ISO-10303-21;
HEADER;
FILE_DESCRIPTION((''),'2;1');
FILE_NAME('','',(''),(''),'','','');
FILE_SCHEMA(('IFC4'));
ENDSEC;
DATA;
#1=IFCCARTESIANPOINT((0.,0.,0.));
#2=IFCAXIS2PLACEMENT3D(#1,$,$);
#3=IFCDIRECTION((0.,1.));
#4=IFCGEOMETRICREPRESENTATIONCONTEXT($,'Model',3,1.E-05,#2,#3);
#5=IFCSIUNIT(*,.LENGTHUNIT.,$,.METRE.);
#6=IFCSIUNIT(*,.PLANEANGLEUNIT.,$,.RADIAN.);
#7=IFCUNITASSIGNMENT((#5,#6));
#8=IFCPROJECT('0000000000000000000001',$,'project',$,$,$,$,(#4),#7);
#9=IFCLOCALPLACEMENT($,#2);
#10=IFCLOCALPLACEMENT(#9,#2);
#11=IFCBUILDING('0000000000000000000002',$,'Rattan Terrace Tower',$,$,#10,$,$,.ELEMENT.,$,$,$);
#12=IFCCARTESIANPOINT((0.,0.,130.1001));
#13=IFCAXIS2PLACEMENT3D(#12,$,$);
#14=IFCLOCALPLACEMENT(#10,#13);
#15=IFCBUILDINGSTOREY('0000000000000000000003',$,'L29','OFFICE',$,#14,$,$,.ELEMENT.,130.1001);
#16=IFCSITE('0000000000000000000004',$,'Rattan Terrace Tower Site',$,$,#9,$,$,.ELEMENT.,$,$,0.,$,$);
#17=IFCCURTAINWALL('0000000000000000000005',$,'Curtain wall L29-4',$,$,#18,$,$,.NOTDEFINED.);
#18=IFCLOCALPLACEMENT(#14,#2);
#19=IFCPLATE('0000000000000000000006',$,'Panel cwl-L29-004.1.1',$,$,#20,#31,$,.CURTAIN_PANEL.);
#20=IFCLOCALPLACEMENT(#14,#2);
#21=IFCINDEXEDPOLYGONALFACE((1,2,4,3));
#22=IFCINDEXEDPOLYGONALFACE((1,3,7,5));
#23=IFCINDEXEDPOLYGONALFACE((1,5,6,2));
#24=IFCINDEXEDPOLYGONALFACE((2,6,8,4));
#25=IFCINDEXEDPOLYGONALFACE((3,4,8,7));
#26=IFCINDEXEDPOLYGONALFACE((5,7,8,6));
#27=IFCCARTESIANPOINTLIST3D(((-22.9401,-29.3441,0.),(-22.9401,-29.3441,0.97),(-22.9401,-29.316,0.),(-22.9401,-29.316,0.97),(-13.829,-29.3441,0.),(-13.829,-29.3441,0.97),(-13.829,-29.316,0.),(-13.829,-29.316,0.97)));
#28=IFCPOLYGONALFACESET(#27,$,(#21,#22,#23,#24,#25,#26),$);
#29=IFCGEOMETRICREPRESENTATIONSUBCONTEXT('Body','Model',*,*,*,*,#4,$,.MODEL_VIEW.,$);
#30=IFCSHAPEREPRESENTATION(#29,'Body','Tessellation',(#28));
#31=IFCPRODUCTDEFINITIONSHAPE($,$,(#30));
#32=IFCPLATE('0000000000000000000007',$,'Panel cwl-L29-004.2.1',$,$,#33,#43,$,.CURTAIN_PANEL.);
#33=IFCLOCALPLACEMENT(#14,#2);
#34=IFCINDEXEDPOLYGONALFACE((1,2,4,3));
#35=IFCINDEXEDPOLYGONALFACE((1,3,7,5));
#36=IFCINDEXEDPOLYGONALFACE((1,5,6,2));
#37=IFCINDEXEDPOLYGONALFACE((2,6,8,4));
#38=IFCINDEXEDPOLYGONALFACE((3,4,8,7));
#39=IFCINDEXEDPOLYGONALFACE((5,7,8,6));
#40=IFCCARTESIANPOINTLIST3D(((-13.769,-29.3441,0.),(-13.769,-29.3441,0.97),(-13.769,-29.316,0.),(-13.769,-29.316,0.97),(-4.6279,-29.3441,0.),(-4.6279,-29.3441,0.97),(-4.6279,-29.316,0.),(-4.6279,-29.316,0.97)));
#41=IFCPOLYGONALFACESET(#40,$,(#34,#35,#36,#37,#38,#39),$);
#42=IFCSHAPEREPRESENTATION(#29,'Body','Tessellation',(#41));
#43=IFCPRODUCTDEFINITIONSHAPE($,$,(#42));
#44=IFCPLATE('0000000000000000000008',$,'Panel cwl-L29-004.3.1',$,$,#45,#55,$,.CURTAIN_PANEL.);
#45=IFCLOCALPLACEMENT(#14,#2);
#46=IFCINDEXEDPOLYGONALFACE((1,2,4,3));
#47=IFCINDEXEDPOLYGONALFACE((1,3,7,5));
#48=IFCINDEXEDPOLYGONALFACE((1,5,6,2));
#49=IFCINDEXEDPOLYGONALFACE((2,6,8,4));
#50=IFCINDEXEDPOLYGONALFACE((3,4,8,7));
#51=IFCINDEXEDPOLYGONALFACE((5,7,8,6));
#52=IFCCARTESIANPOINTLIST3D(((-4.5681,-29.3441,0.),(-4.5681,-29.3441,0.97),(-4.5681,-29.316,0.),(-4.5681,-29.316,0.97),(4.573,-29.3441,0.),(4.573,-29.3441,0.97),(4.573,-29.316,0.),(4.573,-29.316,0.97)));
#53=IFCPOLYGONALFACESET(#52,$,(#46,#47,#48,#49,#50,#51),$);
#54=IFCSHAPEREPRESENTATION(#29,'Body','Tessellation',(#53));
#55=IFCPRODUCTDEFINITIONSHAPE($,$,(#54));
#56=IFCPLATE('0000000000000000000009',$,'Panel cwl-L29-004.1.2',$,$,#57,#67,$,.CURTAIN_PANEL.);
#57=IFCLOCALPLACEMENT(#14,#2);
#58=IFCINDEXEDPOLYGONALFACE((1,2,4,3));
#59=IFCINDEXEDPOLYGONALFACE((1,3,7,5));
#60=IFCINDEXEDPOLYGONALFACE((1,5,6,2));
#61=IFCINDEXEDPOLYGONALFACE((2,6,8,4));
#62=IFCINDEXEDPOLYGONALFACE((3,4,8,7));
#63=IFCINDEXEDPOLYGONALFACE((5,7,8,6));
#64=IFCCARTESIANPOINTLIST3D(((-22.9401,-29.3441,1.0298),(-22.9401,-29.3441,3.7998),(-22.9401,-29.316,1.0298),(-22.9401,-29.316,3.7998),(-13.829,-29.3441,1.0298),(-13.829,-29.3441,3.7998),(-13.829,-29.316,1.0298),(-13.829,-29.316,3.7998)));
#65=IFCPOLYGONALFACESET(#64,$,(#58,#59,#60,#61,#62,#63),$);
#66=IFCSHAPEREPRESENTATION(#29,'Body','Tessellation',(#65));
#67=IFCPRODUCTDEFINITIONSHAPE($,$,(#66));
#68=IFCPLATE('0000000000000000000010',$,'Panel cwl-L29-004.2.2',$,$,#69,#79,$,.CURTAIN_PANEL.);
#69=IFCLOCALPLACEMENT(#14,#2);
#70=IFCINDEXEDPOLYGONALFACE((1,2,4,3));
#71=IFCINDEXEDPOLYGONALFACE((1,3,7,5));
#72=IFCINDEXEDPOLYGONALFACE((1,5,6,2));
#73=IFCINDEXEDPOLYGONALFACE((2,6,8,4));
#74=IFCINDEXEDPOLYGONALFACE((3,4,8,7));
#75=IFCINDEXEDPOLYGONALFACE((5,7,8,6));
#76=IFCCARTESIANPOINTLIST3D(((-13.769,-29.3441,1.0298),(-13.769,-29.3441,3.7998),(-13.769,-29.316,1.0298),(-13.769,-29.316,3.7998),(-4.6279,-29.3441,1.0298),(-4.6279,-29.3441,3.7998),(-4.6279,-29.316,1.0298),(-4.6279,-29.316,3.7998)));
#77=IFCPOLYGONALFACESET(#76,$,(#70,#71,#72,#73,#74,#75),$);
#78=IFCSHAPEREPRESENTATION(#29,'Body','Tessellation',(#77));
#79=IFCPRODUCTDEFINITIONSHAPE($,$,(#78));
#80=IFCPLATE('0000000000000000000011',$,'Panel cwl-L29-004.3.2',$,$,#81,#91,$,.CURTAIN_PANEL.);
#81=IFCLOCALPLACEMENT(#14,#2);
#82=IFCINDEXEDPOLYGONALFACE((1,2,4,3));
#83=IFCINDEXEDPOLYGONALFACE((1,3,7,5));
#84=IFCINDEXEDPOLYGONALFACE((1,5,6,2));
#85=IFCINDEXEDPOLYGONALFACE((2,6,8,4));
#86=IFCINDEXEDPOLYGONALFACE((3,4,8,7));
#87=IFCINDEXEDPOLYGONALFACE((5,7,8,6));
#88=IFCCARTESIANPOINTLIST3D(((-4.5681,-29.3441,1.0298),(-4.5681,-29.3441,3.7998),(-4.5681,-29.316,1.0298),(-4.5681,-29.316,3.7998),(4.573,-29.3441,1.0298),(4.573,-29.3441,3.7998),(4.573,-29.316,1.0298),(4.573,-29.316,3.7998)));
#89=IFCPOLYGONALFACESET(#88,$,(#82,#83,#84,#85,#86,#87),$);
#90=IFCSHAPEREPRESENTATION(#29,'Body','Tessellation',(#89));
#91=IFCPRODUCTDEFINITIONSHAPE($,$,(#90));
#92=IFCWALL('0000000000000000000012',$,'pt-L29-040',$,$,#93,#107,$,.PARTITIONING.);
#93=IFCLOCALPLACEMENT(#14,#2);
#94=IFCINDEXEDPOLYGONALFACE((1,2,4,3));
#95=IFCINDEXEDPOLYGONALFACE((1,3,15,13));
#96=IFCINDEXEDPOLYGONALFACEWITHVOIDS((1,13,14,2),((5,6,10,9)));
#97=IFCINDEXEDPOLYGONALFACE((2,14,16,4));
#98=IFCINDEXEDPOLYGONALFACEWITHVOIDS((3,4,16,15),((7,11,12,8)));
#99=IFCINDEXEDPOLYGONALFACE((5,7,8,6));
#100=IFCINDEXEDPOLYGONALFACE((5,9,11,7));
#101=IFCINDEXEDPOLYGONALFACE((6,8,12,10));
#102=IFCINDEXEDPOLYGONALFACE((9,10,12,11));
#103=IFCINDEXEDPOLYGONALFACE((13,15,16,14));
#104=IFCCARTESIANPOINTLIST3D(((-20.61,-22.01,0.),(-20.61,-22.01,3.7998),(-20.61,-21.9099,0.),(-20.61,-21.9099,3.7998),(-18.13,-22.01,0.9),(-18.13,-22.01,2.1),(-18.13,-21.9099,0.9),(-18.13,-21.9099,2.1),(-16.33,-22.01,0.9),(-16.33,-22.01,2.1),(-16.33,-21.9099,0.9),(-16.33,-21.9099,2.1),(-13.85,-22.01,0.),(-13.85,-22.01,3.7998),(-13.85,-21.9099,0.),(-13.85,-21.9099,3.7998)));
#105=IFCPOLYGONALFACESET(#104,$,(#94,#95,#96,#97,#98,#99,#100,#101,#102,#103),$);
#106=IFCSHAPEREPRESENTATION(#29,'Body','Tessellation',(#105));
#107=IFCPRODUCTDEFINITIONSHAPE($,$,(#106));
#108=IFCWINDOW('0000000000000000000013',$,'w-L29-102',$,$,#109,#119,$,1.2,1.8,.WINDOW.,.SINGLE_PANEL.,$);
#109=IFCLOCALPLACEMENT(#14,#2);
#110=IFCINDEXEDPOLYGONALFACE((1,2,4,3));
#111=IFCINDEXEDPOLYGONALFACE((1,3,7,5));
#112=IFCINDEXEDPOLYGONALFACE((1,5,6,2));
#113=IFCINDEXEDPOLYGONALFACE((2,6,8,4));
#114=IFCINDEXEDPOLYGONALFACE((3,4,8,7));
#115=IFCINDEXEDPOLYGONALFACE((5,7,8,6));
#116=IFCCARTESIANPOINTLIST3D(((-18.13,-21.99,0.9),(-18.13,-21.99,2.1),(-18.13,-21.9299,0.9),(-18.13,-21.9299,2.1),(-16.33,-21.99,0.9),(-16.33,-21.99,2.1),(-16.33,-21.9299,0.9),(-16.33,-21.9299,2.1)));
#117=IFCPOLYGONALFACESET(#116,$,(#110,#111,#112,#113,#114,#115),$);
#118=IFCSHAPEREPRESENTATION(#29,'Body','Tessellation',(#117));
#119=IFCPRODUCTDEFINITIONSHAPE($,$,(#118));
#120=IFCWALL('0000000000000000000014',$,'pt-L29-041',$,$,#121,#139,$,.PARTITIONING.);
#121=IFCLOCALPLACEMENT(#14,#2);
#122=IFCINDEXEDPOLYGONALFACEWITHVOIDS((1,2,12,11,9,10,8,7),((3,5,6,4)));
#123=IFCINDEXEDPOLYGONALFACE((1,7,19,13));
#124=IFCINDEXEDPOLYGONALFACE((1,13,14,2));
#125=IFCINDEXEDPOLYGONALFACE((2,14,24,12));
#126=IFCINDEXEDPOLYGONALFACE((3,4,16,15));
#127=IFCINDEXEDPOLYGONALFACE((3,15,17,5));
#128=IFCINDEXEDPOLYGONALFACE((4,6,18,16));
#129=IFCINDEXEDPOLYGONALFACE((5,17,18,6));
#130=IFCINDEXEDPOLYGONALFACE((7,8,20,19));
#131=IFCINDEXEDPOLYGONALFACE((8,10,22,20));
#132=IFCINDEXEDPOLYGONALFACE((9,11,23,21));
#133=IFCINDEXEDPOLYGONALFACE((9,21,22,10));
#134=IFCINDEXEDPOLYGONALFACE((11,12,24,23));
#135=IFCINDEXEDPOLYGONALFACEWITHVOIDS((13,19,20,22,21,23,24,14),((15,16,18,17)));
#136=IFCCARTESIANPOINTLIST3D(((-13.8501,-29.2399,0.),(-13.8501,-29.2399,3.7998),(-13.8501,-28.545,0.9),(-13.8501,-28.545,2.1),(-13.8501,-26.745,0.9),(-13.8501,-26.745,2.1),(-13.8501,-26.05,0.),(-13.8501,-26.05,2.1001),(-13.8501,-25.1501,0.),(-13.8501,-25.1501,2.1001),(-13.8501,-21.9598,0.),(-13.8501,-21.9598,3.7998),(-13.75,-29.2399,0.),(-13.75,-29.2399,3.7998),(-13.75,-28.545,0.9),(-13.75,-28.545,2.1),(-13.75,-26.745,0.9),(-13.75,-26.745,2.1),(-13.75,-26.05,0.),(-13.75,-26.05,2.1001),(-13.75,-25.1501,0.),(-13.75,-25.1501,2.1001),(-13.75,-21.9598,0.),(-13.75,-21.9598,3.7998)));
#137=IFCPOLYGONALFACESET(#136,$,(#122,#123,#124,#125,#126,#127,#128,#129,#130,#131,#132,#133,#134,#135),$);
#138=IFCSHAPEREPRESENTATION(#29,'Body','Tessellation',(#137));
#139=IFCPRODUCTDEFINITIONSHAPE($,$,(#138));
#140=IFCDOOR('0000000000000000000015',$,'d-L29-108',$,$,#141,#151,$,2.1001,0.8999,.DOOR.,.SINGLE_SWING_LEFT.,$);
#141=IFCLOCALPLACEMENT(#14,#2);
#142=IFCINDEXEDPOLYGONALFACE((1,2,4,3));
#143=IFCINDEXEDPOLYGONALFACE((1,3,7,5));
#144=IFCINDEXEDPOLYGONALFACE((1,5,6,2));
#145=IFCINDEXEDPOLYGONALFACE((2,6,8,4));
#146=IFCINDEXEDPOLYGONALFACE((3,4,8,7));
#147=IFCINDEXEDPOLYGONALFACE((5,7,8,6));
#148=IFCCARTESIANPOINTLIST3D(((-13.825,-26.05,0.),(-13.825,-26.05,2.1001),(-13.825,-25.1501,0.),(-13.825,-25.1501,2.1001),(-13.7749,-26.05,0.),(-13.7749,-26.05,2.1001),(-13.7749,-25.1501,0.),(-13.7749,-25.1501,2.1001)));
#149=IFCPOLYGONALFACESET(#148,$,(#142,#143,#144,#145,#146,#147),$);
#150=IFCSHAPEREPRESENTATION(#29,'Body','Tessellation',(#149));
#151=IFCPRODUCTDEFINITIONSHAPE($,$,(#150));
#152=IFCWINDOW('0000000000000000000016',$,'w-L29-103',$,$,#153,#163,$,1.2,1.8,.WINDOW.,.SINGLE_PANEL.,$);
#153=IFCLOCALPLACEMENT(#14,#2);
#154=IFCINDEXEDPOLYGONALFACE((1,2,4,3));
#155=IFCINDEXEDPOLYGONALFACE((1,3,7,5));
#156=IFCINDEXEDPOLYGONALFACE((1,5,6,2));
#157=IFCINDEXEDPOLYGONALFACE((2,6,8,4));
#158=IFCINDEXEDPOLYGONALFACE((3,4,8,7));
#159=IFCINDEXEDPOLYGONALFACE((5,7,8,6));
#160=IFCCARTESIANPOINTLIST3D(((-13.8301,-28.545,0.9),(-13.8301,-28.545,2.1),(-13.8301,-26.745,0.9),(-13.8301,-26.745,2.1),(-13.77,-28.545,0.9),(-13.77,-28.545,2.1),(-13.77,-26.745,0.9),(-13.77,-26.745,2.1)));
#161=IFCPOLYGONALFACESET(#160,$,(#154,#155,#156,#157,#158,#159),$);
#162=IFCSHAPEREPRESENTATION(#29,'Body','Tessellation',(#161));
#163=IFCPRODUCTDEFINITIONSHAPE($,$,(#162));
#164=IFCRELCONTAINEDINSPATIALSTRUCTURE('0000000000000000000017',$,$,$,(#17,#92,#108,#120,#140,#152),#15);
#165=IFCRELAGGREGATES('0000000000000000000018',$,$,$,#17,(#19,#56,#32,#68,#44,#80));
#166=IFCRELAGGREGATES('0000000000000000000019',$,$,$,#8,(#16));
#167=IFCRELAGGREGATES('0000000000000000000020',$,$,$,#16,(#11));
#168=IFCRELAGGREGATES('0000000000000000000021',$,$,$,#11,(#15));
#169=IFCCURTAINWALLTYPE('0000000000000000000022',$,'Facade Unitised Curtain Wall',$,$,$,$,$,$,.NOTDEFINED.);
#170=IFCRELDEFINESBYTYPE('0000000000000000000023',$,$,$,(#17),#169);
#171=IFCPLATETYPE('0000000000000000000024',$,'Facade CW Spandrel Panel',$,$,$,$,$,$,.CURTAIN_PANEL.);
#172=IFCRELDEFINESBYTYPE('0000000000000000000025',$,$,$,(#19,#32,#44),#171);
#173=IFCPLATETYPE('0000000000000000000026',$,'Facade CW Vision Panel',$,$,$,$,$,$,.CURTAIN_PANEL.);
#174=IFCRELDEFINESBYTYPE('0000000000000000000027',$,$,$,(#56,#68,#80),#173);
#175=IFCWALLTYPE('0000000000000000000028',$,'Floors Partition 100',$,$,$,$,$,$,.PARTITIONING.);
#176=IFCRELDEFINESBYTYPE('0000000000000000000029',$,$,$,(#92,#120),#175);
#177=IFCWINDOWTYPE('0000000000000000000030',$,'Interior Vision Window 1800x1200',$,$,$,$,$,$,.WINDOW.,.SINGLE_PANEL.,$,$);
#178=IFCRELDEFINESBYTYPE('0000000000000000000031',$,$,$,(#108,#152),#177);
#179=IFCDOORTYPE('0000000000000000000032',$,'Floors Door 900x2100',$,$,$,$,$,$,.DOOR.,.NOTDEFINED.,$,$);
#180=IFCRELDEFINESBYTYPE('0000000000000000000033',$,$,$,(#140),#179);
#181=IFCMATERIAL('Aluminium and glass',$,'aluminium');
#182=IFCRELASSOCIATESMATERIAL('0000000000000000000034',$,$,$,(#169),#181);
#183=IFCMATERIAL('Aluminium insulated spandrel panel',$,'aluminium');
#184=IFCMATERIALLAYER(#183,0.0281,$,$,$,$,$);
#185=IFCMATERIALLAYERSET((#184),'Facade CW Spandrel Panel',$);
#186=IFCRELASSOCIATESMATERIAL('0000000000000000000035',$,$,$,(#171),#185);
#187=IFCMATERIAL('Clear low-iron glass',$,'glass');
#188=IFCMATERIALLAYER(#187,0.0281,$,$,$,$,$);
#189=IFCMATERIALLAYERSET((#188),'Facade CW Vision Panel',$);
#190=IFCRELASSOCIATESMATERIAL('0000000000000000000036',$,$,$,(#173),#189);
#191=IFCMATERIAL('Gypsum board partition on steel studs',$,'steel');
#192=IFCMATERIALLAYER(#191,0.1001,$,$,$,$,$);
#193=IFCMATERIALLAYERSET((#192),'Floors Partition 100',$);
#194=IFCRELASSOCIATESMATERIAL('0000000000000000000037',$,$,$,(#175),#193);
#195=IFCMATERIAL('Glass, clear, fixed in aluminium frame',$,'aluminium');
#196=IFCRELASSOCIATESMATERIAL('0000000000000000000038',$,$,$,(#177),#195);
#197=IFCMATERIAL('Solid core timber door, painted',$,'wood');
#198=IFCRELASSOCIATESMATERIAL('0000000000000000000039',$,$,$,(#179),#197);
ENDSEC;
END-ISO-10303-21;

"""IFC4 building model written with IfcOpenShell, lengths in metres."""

from ifc_helpers import new_model, si_unit, direction, frame, frame_2d, origin, origin_2d, place, context, subcontext, project, spatial, rectangle, extrude, material, layer, layer_set, type_object, element, fill, aggregate, save


model = new_model("IFC4")

# Units and contexts
model_context = context("Model", 3, precision=1e-05, world=origin(), true_north=direction((0.0, 1.0)))
body_context = subcontext(model_context, "Body", "Model", "MODEL_VIEW")
ifc_project = project(units=[si_unit("LENGTHUNIT", "METRE"), si_unit("PLANEANGLEUNIT", "RADIAN")], contexts=[model_context])

# Site, building, storey
site_placement = place(None, origin())
site = spatial("IfcSite", under=ifc_project, at=site_placement, Name="Rattan Terrace Tower Site", CompositionType="ELEMENT", RefElevation=0.0)
building_placement = place(site_placement, origin())
building = spatial("IfcBuilding", under=site, at=building_placement, Name="Rattan Terrace Tower", CompositionType="ELEMENT")
storey_placement = place(building_placement, frame((0.0, 0.0, 130.1001)))
storey = spatial("IfcBuildingStorey", under=building, at=storey_placement, Name="L29", Description="OFFICE", CompositionType="ELEMENT", Elevation=130.1001)

# Curtain wall
ifc_material_1 = material(Name="Aluminium and glass", Category="aluminium")
curtain_wall_type = type_object("IfcCurtainWallType", Name="Facade Unitised Curtain Wall", PredefinedType="NOTDEFINED", material=ifc_material_1)
curtain_wall_placement = place(storey_placement, origin())
curtain_wall = element("IfcCurtainWall", 1, at=curtain_wall_placement, inside=storey, type_object=curtain_wall_type, Name="Curtain wall L29-4", PredefinedType="NOTDEFINED")

# Plates
ifc_material_2 = material(Name="Aluminium insulated spandrel panel", Category="aluminium")
ifc_layer_1 = layer(ifc_material_2, 0.0281)
ifc_layer_set_1 = layer_set([ifc_layer_1], Name="Facade CW Spandrel Panel")
plate_type_1 = type_object("IfcPlateType", Name="Facade CW Spandrel Panel", PredefinedType="CURTAIN_PANEL", material=ifc_layer_set_1)
plate_1_placement = place(storey_placement, frame((-18.3845, -29.3301, 0.0), z_axis=(0.0, 0.0, 1.0), x_axis=(1.0, 0.0, 0.0)))
plate_1 = element("IfcPlate", 2, at=plate_1_placement, type_object=plate_type_1, Name="Panel cwl-L29-004.1.1", PredefinedType="CURTAIN_PANEL", context=body_context, shape_type="SweptSolid", body=[
    extrude(rectangle(XDim=9.1111, YDim=0.0281, at=origin_2d()), origin(), (0.0, 0.0, 1.0), 0.97),
])
plate_2_placement = place(storey_placement, frame((-9.1985, -29.3301, 0.0), z_axis=(0.0, 0.0, 1.0), x_axis=(1.0, 0.0, 0.0)))
plate_2 = element("IfcPlate", 3, at=plate_2_placement, type_object=plate_type_1, Name="Panel cwl-L29-004.2.1", PredefinedType="CURTAIN_PANEL", context=body_context, shape_type="SweptSolid", body=[
    extrude(rectangle(XDim=9.1411, YDim=0.0281, at=origin_2d()), origin(), (0.0, 0.0, 1.0), 0.97),
])
plate_3_placement = place(storey_placement, frame((0.0024, -29.3301, 0.0), z_axis=(0.0, 0.0, 1.0), x_axis=(1.0, 0.0, 0.0)))
plate_3 = element("IfcPlate", 4, at=plate_3_placement, type_object=plate_type_1, Name="Panel cwl-L29-004.3.1", PredefinedType="CURTAIN_PANEL", context=body_context, shape_type="SweptSolid", body=[
    extrude(rectangle(XDim=9.1411, YDim=0.0281, at=origin_2d()), origin(), (0.0, 0.0, 1.0), 0.97),
])
ifc_material_3 = material(Name="Clear low-iron glass", Category="glass")
ifc_layer_2 = layer(ifc_material_3, 0.0281)
ifc_layer_set_2 = layer_set([ifc_layer_2], Name="Facade CW Vision Panel")
plate_type_2 = type_object("IfcPlateType", Name="Facade CW Vision Panel", PredefinedType="CURTAIN_PANEL", material=ifc_layer_set_2)
plate_4_placement = place(storey_placement, frame((-18.3845, -29.3301, 1.0298), z_axis=(0.0, 0.0, 1.0), x_axis=(1.0, 0.0, 0.0)))
plate_4 = element("IfcPlate", 5, at=plate_4_placement, type_object=plate_type_2, Name="Panel cwl-L29-004.1.2", PredefinedType="CURTAIN_PANEL", context=body_context, shape_type="SweptSolid", body=[
    extrude(rectangle(XDim=9.1111, YDim=0.0281, at=origin_2d()), origin(), (0.0, 0.0, 1.0), 2.77),
])
plate_5_placement = place(storey_placement, frame((-9.1985, -29.3301, 1.0298), z_axis=(0.0, 0.0, 1.0), x_axis=(1.0, 0.0, 0.0)))
plate_5 = element("IfcPlate", 6, at=plate_5_placement, type_object=plate_type_2, Name="Panel cwl-L29-004.2.2", PredefinedType="CURTAIN_PANEL", context=body_context, shape_type="SweptSolid", body=[
    extrude(rectangle(XDim=9.1411, YDim=0.0281, at=origin_2d()), origin(), (0.0, 0.0, 1.0), 2.77),
])
plate_6_placement = place(storey_placement, frame((0.0024, -29.3301, 1.0298), z_axis=(0.0, 0.0, 1.0), x_axis=(1.0, 0.0, 0.0)))
plate_6 = element("IfcPlate", 7, at=plate_6_placement, type_object=plate_type_2, Name="Panel cwl-L29-004.3.2", PredefinedType="CURTAIN_PANEL", context=body_context, shape_type="SweptSolid", body=[
    extrude(rectangle(XDim=9.1411, YDim=0.0281, at=origin_2d()), origin(), (0.0, 0.0, 1.0), 2.77),
])
aggregate(curtain_wall, [plate_1, plate_4, plate_2, plate_5, plate_3, plate_6])

# Wall, opening, window
ifc_material_4 = material(Name="Gypsum board partition on steel studs", Category="steel")
ifc_layer_3 = layer(ifc_material_4, 0.1001)
ifc_layer_set_3 = layer_set([ifc_layer_3], Name="Floors Partition 100")
wall_type_1 = type_object("IfcWallType", Name="Floors Partition 100", PredefinedType="PARTITIONING", material=ifc_layer_set_3)
wall_1_placement = place(storey_placement, frame((-13.8501, -21.96, 0.0), z_axis=(0.0, 0.0, 1.0), x_axis=(-1.0, 0.0, 0.0)))
wall_1 = element("IfcWall", 8, at=wall_1_placement, inside=storey, type_object=wall_type_1, Name="pt-L29-040", PredefinedType="PARTITIONING", context=body_context, shape_type="SweptSolid", body=[
    extrude(rectangle(XDim=6.76, YDim=0.1001, at=frame_2d((3.3799, 0.0))), origin(), (0.0, 0.0, 1.0), 3.7998),
])
opening_1_placement = place(wall_1_placement, frame((2.48, 0.0, 0.8999)))
opening_1 = element("IfcOpeningElement", 9, at=opening_1_placement, cuts=wall_1, PredefinedType="OPENING", context=body_context, shape_type="SweptSolid", body=[
    extrude(rectangle(XDim=1.8, YDim=1.2, at=frame_2d((0.8999, 0.6001))), frame((0.0, 0.0605, 0.0), z_axis=(0.0, -1.0, 0.0), x_axis=(1.0, 0.0, 0.0)), (0.0, 0.0, 1.0), 0.1211),
])
ifc_material_5 = material(Name="Glass, clear, fixed in aluminium frame", Category="aluminium")
window_type = type_object("IfcWindowType", Name="Interior Vision Window 1800x1200", PartitioningType="SINGLE_PANEL", PredefinedType="WINDOW", material=ifc_material_5)
window_1_placement = place(opening_1_placement, origin())
window_1 = element("IfcWindow", 10, at=window_1_placement, inside=storey, type_object=window_type, Name="w-L29-102", OverallHeight=1.2, OverallWidth=1.8, PartitioningType="SINGLE_PANEL", PredefinedType="WINDOW", context=body_context, shape_type="SweptSolid", body=[
    extrude(rectangle(XDim=1.8, YDim=1.2, at=frame_2d((0.8999, 0.6001))), frame((0.0, 0.03, 0.0), z_axis=(0.0, -1.0, 0.0), x_axis=(1.0, 0.0, 0.0)), (0.0, 0.0, 1.0), 0.0601),
])
fill(opening_1, window_1)

# Wall, openings, door, window
wall_2_placement = place(storey_placement, frame((-13.8, -29.24, 0.0), z_axis=(0.0, 0.0, 1.0), x_axis=(0.0, 1.0, 0.0)))
wall_2 = element("IfcWall", 11, at=wall_2_placement, inside=storey, type_object=wall_type_1, Name="pt-L29-041", PredefinedType="PARTITIONING", context=body_context, shape_type="SweptSolid", body=[
    extrude(rectangle(XDim=7.28, YDim=0.1001, at=frame_2d((3.6401, 0.0))), origin(), (0.0, 0.0, 1.0), 3.7998),
])
opening_2_placement = place(wall_2_placement, frame((3.1899, 0.0, 0.0)))
opening_2 = element("IfcOpeningElement", 12, at=opening_2_placement, cuts=wall_2, PredefinedType="OPENING", context=body_context, shape_type="SweptSolid", body=[
    extrude(rectangle(XDim=0.8999, YDim=2.1001, at=frame_2d((0.45, 1.05))), frame((0.0, 0.0605, 0.0), z_axis=(0.0, -1.0, 0.0), x_axis=(1.0, 0.0, 0.0)), (0.0, 0.0, 1.0), 0.1211),
])
opening_3_placement = place(wall_2_placement, frame((0.6951, 0.0, 0.8999)))
opening_3 = element("IfcOpeningElement", 13, at=opening_3_placement, cuts=wall_2, PredefinedType="OPENING", context=body_context, shape_type="SweptSolid", body=[
    extrude(rectangle(XDim=1.8, YDim=1.2, at=frame_2d((0.8999, 0.6001))), frame((0.0, 0.0605, 0.0), z_axis=(0.0, -1.0, 0.0), x_axis=(1.0, 0.0, 0.0)), (0.0, 0.0, 1.0), 0.1211),
])
ifc_material_6 = material(Name="Solid core timber door, painted", Category="wood")
door_type = type_object("IfcDoorType", Name="Floors Door 900x2100", OperationType="NOTDEFINED", PredefinedType="DOOR", material=ifc_material_6)
door_1_placement = place(opening_2_placement, origin())
door_1 = element("IfcDoor", 14, at=door_1_placement, inside=storey, type_object=door_type, Name="d-L29-108", OperationType="SINGLE_SWING_LEFT", OverallHeight=2.1001, OverallWidth=0.8999, PredefinedType="DOOR", context=body_context, shape_type="SweptSolid", body=[
    extrude(rectangle(XDim=0.8999, YDim=2.1001, at=frame_2d((0.45, 1.05))), frame((0.0, 0.0249, 0.0), z_axis=(0.0, -1.0, 0.0), x_axis=(1.0, 0.0, 0.0)), (0.0, 0.0, 1.0), 0.05),
])
fill(opening_2, door_1)
window_2_placement = place(opening_3_placement, origin())
window_2 = element("IfcWindow", 15, at=window_2_placement, inside=storey, type_object=window_type, Name="w-L29-103", OverallHeight=1.2, OverallWidth=1.8, PartitioningType="SINGLE_PANEL", PredefinedType="WINDOW", context=body_context, shape_type="SweptSolid", body=[
    extrude(rectangle(XDim=1.8, YDim=1.2, at=frame_2d((0.8999, 0.6001))), frame((0.0, 0.03, 0.0), z_axis=(0.0, -1.0, 0.0), x_axis=(1.0, 0.0, 0.0)), (0.0, 0.0, 1.0), 0.0601),
])
fill(opening_3, window_2)

save(model, "model.ifc")
